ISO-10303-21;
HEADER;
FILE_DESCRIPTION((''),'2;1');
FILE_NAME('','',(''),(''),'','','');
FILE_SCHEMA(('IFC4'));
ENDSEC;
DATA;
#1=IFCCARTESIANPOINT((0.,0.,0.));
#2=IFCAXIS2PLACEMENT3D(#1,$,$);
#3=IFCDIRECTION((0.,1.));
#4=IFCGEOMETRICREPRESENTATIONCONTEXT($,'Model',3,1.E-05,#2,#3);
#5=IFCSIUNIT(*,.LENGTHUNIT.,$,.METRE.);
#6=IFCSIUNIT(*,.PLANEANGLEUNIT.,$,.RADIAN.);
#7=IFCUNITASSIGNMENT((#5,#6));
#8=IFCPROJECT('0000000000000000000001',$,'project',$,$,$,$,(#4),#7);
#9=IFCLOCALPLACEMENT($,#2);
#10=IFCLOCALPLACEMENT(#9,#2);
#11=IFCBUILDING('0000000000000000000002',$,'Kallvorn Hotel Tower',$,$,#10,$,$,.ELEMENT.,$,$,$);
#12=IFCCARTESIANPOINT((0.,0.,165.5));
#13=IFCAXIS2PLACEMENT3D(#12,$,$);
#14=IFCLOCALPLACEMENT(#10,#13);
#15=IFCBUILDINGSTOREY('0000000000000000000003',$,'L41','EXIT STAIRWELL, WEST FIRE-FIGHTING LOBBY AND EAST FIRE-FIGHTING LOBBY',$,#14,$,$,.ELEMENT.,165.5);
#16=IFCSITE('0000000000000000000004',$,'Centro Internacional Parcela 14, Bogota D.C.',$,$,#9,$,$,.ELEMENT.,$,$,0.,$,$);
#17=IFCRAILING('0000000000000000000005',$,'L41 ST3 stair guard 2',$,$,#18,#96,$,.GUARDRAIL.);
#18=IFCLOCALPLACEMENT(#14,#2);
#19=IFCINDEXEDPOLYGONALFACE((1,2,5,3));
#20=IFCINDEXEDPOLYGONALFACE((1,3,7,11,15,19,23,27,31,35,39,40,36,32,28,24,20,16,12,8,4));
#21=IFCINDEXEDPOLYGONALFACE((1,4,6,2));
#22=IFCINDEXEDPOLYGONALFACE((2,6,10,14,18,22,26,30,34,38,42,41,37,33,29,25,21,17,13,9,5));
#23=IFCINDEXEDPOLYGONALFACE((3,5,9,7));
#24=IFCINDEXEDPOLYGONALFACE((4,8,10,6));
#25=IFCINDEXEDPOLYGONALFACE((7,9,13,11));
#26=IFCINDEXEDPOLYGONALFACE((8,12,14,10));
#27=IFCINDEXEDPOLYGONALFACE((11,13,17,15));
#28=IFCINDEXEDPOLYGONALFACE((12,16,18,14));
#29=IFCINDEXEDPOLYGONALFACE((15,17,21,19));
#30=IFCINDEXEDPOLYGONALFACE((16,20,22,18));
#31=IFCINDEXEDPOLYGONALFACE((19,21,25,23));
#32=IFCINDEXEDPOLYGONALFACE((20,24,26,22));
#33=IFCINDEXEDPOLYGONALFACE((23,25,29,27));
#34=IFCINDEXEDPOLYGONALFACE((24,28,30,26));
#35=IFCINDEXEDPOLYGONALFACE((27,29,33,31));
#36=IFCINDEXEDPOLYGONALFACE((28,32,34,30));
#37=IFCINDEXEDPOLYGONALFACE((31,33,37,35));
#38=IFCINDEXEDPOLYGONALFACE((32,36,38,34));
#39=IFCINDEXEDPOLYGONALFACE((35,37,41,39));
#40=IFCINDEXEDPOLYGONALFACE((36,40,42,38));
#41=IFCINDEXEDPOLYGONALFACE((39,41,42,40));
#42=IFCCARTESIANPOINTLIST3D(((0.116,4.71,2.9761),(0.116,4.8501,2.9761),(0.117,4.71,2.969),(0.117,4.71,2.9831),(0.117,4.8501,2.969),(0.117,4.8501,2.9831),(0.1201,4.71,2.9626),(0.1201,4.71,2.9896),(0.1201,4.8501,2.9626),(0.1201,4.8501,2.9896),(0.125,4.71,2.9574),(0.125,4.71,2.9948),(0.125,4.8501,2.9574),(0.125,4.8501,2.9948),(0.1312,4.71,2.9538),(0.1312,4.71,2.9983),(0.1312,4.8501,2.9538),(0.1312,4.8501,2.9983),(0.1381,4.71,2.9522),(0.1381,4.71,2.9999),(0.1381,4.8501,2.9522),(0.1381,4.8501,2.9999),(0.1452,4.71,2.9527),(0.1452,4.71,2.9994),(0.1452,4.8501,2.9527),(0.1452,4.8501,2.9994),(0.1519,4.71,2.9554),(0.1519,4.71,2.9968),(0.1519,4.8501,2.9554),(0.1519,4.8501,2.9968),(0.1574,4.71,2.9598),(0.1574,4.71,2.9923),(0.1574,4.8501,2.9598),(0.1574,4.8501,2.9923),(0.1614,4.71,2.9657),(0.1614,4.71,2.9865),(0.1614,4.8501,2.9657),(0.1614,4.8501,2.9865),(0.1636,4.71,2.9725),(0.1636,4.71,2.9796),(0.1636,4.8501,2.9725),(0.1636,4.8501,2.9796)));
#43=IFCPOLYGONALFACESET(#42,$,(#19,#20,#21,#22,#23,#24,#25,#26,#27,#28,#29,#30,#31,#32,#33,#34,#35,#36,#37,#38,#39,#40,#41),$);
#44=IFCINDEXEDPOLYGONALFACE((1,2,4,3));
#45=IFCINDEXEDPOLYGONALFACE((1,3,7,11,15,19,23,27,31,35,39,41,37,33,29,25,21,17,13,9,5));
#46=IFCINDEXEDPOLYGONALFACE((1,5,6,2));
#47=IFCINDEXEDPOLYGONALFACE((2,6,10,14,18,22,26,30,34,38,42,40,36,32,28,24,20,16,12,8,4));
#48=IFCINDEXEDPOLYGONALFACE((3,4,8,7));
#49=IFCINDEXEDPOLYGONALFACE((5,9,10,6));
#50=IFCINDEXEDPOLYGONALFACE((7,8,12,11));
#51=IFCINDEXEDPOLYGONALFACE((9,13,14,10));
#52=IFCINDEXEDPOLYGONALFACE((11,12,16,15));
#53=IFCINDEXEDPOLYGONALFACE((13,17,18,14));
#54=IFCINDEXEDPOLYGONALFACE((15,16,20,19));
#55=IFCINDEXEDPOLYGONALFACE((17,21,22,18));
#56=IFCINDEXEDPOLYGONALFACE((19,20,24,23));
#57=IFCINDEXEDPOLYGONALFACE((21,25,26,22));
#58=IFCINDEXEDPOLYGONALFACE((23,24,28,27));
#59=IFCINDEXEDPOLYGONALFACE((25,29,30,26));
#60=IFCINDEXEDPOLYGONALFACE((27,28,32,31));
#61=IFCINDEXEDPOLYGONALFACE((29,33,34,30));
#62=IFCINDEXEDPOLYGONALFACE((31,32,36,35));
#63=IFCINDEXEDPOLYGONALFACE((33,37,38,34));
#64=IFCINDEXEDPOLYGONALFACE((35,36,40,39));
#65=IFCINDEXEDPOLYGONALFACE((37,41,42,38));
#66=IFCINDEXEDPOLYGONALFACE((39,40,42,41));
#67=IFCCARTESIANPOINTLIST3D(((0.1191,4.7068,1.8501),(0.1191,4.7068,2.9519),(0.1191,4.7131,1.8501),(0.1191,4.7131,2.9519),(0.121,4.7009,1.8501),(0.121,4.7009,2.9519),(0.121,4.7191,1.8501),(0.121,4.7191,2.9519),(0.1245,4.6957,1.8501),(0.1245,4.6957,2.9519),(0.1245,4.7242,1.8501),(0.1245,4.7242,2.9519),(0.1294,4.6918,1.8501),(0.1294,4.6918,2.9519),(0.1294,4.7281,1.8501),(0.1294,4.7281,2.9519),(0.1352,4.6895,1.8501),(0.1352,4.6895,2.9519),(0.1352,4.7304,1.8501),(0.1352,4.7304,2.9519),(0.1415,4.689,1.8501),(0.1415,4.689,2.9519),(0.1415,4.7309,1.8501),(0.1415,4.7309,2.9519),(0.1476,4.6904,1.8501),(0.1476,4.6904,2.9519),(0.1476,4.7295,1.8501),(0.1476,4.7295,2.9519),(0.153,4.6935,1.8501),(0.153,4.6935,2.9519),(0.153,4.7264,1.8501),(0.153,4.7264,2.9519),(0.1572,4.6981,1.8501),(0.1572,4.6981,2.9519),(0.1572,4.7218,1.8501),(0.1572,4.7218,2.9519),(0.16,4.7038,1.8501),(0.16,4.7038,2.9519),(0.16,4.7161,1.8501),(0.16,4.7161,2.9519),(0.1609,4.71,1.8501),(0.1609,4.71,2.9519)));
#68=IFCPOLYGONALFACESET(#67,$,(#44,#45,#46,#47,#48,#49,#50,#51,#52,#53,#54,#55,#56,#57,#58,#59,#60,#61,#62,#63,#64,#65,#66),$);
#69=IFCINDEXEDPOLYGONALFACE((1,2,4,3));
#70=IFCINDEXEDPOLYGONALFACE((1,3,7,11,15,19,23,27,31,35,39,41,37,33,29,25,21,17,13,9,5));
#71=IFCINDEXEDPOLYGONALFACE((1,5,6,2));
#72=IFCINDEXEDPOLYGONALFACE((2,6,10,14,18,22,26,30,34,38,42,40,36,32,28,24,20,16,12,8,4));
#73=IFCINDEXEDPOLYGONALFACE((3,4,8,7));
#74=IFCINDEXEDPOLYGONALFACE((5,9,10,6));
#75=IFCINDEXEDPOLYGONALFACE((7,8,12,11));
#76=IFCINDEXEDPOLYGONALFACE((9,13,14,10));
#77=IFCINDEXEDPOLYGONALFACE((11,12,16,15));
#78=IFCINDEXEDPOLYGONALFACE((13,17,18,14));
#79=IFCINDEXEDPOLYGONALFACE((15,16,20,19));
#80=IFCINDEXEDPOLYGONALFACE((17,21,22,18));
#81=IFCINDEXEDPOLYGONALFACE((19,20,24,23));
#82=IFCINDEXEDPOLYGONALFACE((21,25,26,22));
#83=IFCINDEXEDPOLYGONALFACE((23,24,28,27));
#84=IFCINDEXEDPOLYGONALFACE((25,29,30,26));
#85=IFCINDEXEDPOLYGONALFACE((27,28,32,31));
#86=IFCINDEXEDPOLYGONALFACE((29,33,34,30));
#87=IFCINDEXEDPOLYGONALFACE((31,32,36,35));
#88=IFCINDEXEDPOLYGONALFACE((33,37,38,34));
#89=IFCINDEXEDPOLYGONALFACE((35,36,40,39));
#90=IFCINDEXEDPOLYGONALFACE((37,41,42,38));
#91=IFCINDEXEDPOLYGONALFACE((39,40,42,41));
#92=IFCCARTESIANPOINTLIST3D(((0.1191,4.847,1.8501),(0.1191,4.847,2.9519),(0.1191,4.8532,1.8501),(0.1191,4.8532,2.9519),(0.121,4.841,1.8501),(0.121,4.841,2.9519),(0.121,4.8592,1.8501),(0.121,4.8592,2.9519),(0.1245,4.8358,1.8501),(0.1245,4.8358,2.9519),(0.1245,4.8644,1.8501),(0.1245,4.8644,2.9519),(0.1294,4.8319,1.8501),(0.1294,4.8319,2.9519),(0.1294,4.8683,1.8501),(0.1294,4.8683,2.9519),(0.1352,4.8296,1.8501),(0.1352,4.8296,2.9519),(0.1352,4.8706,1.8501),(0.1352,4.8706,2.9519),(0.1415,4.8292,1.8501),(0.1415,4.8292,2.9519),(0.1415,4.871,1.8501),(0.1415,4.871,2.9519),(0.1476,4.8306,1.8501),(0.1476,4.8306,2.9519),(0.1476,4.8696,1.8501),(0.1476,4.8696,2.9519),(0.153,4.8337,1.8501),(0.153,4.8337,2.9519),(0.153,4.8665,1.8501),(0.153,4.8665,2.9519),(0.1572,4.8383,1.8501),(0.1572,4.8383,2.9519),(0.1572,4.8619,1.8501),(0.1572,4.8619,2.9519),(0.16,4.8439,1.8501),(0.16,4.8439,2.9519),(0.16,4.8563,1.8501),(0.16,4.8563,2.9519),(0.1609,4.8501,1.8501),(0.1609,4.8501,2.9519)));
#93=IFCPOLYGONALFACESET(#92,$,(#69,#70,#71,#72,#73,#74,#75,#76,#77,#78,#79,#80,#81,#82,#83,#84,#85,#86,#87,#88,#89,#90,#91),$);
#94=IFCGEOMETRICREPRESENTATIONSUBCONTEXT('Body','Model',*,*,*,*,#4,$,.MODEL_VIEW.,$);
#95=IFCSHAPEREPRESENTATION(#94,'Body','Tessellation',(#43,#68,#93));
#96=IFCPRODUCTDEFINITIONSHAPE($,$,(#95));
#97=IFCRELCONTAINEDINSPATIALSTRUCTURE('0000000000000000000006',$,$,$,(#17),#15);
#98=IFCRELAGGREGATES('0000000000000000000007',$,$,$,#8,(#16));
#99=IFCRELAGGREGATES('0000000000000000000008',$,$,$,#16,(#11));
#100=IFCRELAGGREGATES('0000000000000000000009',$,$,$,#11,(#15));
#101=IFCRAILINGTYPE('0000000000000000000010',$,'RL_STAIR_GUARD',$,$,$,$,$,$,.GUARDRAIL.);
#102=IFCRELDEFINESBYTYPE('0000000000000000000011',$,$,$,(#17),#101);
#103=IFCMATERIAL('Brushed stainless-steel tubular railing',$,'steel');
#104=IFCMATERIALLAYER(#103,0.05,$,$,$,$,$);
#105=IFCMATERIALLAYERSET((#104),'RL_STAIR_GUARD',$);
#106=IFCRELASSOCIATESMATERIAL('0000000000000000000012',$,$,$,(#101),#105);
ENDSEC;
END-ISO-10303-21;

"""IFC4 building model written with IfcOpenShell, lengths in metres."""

from ifc_helpers import new_model, si_unit, direction, frame, origin, origin_2d, place, context, subcontext, project, spatial, circle, extrude, material, layer, layer_set, type_object, element, save


model = new_model("IFC4")

# Units and contexts
model_context = context("Model", 3, precision=1e-05, world=origin(), true_north=direction((0.0, 1.0)))
body_context = subcontext(model_context, "Body", "Model", "MODEL_VIEW")
ifc_project = project(units=[si_unit("LENGTHUNIT", "METRE"), si_unit("PLANEANGLEUNIT", "RADIAN")], contexts=[model_context])

# Site, building, storey
site_placement = place(None, origin())
site = spatial("IfcSite", under=ifc_project, at=site_placement, Name="Centro Internacional Parcela 14, Bogota D.C.", CompositionType="ELEMENT", RefElevation=0.0)
building_placement = place(site_placement, origin())
building = spatial("IfcBuilding", under=site, at=building_placement, Name="Kallvorn Hotel Tower", CompositionType="ELEMENT")
storey_placement = place(building_placement, frame((0.0, 0.0, 165.5)))
storey = spatial("IfcBuildingStorey", under=building, at=storey_placement, Name="L41", Description="EXIT STAIRWELL, WEST FIRE-FIGHTING LOBBY AND EAST FIRE-FIGHTING LOBBY", CompositionType="ELEMENT", Elevation=165.5)

# Railing
ifc_material_1 = material(Name="Brushed stainless-steel tubular railing", Category="steel")
ifc_layer_1 = layer(ifc_material_1, 0.05)
ifc_layer_set_1 = layer_set([ifc_layer_1], Name="RL_STAIR_GUARD")
railing_type_1 = type_object("IfcRailingType", Name="RL_STAIR_GUARD", PredefinedType="GUARDRAIL", material=ifc_layer_set_1)
railing_1_placement = place(storey_placement, frame((0.1399, 4.71, 1.8501)))
element("IfcRailing", 1, at=railing_1_placement, inside=storey, type_object=railing_type_1, Name="L41 ST3 stair guard 2", PredefinedType="GUARDRAIL", context=body_context, shape_type="SweptSolid", body=[
    extrude(circle(Radius=0.0239, at=origin_2d()), frame((0.0, 0.0, 1.126), z_axis=(0.0, 1.0, 0.0), x_axis=(-1.0, 0.0, 0.0)), (0.0, 0.0, 1.0), 0.1401),
    extrude(circle(Radius=0.021, at=origin_2d()), origin(), (0.0, 0.0, 1.0), 1.1018),
    extrude(circle(Radius=0.021, at=origin_2d()), frame((0.0, 0.1401, 0.0)), (0.0, 0.0, 1.0), 1.1018),
])

save(model, "model.ifc")
